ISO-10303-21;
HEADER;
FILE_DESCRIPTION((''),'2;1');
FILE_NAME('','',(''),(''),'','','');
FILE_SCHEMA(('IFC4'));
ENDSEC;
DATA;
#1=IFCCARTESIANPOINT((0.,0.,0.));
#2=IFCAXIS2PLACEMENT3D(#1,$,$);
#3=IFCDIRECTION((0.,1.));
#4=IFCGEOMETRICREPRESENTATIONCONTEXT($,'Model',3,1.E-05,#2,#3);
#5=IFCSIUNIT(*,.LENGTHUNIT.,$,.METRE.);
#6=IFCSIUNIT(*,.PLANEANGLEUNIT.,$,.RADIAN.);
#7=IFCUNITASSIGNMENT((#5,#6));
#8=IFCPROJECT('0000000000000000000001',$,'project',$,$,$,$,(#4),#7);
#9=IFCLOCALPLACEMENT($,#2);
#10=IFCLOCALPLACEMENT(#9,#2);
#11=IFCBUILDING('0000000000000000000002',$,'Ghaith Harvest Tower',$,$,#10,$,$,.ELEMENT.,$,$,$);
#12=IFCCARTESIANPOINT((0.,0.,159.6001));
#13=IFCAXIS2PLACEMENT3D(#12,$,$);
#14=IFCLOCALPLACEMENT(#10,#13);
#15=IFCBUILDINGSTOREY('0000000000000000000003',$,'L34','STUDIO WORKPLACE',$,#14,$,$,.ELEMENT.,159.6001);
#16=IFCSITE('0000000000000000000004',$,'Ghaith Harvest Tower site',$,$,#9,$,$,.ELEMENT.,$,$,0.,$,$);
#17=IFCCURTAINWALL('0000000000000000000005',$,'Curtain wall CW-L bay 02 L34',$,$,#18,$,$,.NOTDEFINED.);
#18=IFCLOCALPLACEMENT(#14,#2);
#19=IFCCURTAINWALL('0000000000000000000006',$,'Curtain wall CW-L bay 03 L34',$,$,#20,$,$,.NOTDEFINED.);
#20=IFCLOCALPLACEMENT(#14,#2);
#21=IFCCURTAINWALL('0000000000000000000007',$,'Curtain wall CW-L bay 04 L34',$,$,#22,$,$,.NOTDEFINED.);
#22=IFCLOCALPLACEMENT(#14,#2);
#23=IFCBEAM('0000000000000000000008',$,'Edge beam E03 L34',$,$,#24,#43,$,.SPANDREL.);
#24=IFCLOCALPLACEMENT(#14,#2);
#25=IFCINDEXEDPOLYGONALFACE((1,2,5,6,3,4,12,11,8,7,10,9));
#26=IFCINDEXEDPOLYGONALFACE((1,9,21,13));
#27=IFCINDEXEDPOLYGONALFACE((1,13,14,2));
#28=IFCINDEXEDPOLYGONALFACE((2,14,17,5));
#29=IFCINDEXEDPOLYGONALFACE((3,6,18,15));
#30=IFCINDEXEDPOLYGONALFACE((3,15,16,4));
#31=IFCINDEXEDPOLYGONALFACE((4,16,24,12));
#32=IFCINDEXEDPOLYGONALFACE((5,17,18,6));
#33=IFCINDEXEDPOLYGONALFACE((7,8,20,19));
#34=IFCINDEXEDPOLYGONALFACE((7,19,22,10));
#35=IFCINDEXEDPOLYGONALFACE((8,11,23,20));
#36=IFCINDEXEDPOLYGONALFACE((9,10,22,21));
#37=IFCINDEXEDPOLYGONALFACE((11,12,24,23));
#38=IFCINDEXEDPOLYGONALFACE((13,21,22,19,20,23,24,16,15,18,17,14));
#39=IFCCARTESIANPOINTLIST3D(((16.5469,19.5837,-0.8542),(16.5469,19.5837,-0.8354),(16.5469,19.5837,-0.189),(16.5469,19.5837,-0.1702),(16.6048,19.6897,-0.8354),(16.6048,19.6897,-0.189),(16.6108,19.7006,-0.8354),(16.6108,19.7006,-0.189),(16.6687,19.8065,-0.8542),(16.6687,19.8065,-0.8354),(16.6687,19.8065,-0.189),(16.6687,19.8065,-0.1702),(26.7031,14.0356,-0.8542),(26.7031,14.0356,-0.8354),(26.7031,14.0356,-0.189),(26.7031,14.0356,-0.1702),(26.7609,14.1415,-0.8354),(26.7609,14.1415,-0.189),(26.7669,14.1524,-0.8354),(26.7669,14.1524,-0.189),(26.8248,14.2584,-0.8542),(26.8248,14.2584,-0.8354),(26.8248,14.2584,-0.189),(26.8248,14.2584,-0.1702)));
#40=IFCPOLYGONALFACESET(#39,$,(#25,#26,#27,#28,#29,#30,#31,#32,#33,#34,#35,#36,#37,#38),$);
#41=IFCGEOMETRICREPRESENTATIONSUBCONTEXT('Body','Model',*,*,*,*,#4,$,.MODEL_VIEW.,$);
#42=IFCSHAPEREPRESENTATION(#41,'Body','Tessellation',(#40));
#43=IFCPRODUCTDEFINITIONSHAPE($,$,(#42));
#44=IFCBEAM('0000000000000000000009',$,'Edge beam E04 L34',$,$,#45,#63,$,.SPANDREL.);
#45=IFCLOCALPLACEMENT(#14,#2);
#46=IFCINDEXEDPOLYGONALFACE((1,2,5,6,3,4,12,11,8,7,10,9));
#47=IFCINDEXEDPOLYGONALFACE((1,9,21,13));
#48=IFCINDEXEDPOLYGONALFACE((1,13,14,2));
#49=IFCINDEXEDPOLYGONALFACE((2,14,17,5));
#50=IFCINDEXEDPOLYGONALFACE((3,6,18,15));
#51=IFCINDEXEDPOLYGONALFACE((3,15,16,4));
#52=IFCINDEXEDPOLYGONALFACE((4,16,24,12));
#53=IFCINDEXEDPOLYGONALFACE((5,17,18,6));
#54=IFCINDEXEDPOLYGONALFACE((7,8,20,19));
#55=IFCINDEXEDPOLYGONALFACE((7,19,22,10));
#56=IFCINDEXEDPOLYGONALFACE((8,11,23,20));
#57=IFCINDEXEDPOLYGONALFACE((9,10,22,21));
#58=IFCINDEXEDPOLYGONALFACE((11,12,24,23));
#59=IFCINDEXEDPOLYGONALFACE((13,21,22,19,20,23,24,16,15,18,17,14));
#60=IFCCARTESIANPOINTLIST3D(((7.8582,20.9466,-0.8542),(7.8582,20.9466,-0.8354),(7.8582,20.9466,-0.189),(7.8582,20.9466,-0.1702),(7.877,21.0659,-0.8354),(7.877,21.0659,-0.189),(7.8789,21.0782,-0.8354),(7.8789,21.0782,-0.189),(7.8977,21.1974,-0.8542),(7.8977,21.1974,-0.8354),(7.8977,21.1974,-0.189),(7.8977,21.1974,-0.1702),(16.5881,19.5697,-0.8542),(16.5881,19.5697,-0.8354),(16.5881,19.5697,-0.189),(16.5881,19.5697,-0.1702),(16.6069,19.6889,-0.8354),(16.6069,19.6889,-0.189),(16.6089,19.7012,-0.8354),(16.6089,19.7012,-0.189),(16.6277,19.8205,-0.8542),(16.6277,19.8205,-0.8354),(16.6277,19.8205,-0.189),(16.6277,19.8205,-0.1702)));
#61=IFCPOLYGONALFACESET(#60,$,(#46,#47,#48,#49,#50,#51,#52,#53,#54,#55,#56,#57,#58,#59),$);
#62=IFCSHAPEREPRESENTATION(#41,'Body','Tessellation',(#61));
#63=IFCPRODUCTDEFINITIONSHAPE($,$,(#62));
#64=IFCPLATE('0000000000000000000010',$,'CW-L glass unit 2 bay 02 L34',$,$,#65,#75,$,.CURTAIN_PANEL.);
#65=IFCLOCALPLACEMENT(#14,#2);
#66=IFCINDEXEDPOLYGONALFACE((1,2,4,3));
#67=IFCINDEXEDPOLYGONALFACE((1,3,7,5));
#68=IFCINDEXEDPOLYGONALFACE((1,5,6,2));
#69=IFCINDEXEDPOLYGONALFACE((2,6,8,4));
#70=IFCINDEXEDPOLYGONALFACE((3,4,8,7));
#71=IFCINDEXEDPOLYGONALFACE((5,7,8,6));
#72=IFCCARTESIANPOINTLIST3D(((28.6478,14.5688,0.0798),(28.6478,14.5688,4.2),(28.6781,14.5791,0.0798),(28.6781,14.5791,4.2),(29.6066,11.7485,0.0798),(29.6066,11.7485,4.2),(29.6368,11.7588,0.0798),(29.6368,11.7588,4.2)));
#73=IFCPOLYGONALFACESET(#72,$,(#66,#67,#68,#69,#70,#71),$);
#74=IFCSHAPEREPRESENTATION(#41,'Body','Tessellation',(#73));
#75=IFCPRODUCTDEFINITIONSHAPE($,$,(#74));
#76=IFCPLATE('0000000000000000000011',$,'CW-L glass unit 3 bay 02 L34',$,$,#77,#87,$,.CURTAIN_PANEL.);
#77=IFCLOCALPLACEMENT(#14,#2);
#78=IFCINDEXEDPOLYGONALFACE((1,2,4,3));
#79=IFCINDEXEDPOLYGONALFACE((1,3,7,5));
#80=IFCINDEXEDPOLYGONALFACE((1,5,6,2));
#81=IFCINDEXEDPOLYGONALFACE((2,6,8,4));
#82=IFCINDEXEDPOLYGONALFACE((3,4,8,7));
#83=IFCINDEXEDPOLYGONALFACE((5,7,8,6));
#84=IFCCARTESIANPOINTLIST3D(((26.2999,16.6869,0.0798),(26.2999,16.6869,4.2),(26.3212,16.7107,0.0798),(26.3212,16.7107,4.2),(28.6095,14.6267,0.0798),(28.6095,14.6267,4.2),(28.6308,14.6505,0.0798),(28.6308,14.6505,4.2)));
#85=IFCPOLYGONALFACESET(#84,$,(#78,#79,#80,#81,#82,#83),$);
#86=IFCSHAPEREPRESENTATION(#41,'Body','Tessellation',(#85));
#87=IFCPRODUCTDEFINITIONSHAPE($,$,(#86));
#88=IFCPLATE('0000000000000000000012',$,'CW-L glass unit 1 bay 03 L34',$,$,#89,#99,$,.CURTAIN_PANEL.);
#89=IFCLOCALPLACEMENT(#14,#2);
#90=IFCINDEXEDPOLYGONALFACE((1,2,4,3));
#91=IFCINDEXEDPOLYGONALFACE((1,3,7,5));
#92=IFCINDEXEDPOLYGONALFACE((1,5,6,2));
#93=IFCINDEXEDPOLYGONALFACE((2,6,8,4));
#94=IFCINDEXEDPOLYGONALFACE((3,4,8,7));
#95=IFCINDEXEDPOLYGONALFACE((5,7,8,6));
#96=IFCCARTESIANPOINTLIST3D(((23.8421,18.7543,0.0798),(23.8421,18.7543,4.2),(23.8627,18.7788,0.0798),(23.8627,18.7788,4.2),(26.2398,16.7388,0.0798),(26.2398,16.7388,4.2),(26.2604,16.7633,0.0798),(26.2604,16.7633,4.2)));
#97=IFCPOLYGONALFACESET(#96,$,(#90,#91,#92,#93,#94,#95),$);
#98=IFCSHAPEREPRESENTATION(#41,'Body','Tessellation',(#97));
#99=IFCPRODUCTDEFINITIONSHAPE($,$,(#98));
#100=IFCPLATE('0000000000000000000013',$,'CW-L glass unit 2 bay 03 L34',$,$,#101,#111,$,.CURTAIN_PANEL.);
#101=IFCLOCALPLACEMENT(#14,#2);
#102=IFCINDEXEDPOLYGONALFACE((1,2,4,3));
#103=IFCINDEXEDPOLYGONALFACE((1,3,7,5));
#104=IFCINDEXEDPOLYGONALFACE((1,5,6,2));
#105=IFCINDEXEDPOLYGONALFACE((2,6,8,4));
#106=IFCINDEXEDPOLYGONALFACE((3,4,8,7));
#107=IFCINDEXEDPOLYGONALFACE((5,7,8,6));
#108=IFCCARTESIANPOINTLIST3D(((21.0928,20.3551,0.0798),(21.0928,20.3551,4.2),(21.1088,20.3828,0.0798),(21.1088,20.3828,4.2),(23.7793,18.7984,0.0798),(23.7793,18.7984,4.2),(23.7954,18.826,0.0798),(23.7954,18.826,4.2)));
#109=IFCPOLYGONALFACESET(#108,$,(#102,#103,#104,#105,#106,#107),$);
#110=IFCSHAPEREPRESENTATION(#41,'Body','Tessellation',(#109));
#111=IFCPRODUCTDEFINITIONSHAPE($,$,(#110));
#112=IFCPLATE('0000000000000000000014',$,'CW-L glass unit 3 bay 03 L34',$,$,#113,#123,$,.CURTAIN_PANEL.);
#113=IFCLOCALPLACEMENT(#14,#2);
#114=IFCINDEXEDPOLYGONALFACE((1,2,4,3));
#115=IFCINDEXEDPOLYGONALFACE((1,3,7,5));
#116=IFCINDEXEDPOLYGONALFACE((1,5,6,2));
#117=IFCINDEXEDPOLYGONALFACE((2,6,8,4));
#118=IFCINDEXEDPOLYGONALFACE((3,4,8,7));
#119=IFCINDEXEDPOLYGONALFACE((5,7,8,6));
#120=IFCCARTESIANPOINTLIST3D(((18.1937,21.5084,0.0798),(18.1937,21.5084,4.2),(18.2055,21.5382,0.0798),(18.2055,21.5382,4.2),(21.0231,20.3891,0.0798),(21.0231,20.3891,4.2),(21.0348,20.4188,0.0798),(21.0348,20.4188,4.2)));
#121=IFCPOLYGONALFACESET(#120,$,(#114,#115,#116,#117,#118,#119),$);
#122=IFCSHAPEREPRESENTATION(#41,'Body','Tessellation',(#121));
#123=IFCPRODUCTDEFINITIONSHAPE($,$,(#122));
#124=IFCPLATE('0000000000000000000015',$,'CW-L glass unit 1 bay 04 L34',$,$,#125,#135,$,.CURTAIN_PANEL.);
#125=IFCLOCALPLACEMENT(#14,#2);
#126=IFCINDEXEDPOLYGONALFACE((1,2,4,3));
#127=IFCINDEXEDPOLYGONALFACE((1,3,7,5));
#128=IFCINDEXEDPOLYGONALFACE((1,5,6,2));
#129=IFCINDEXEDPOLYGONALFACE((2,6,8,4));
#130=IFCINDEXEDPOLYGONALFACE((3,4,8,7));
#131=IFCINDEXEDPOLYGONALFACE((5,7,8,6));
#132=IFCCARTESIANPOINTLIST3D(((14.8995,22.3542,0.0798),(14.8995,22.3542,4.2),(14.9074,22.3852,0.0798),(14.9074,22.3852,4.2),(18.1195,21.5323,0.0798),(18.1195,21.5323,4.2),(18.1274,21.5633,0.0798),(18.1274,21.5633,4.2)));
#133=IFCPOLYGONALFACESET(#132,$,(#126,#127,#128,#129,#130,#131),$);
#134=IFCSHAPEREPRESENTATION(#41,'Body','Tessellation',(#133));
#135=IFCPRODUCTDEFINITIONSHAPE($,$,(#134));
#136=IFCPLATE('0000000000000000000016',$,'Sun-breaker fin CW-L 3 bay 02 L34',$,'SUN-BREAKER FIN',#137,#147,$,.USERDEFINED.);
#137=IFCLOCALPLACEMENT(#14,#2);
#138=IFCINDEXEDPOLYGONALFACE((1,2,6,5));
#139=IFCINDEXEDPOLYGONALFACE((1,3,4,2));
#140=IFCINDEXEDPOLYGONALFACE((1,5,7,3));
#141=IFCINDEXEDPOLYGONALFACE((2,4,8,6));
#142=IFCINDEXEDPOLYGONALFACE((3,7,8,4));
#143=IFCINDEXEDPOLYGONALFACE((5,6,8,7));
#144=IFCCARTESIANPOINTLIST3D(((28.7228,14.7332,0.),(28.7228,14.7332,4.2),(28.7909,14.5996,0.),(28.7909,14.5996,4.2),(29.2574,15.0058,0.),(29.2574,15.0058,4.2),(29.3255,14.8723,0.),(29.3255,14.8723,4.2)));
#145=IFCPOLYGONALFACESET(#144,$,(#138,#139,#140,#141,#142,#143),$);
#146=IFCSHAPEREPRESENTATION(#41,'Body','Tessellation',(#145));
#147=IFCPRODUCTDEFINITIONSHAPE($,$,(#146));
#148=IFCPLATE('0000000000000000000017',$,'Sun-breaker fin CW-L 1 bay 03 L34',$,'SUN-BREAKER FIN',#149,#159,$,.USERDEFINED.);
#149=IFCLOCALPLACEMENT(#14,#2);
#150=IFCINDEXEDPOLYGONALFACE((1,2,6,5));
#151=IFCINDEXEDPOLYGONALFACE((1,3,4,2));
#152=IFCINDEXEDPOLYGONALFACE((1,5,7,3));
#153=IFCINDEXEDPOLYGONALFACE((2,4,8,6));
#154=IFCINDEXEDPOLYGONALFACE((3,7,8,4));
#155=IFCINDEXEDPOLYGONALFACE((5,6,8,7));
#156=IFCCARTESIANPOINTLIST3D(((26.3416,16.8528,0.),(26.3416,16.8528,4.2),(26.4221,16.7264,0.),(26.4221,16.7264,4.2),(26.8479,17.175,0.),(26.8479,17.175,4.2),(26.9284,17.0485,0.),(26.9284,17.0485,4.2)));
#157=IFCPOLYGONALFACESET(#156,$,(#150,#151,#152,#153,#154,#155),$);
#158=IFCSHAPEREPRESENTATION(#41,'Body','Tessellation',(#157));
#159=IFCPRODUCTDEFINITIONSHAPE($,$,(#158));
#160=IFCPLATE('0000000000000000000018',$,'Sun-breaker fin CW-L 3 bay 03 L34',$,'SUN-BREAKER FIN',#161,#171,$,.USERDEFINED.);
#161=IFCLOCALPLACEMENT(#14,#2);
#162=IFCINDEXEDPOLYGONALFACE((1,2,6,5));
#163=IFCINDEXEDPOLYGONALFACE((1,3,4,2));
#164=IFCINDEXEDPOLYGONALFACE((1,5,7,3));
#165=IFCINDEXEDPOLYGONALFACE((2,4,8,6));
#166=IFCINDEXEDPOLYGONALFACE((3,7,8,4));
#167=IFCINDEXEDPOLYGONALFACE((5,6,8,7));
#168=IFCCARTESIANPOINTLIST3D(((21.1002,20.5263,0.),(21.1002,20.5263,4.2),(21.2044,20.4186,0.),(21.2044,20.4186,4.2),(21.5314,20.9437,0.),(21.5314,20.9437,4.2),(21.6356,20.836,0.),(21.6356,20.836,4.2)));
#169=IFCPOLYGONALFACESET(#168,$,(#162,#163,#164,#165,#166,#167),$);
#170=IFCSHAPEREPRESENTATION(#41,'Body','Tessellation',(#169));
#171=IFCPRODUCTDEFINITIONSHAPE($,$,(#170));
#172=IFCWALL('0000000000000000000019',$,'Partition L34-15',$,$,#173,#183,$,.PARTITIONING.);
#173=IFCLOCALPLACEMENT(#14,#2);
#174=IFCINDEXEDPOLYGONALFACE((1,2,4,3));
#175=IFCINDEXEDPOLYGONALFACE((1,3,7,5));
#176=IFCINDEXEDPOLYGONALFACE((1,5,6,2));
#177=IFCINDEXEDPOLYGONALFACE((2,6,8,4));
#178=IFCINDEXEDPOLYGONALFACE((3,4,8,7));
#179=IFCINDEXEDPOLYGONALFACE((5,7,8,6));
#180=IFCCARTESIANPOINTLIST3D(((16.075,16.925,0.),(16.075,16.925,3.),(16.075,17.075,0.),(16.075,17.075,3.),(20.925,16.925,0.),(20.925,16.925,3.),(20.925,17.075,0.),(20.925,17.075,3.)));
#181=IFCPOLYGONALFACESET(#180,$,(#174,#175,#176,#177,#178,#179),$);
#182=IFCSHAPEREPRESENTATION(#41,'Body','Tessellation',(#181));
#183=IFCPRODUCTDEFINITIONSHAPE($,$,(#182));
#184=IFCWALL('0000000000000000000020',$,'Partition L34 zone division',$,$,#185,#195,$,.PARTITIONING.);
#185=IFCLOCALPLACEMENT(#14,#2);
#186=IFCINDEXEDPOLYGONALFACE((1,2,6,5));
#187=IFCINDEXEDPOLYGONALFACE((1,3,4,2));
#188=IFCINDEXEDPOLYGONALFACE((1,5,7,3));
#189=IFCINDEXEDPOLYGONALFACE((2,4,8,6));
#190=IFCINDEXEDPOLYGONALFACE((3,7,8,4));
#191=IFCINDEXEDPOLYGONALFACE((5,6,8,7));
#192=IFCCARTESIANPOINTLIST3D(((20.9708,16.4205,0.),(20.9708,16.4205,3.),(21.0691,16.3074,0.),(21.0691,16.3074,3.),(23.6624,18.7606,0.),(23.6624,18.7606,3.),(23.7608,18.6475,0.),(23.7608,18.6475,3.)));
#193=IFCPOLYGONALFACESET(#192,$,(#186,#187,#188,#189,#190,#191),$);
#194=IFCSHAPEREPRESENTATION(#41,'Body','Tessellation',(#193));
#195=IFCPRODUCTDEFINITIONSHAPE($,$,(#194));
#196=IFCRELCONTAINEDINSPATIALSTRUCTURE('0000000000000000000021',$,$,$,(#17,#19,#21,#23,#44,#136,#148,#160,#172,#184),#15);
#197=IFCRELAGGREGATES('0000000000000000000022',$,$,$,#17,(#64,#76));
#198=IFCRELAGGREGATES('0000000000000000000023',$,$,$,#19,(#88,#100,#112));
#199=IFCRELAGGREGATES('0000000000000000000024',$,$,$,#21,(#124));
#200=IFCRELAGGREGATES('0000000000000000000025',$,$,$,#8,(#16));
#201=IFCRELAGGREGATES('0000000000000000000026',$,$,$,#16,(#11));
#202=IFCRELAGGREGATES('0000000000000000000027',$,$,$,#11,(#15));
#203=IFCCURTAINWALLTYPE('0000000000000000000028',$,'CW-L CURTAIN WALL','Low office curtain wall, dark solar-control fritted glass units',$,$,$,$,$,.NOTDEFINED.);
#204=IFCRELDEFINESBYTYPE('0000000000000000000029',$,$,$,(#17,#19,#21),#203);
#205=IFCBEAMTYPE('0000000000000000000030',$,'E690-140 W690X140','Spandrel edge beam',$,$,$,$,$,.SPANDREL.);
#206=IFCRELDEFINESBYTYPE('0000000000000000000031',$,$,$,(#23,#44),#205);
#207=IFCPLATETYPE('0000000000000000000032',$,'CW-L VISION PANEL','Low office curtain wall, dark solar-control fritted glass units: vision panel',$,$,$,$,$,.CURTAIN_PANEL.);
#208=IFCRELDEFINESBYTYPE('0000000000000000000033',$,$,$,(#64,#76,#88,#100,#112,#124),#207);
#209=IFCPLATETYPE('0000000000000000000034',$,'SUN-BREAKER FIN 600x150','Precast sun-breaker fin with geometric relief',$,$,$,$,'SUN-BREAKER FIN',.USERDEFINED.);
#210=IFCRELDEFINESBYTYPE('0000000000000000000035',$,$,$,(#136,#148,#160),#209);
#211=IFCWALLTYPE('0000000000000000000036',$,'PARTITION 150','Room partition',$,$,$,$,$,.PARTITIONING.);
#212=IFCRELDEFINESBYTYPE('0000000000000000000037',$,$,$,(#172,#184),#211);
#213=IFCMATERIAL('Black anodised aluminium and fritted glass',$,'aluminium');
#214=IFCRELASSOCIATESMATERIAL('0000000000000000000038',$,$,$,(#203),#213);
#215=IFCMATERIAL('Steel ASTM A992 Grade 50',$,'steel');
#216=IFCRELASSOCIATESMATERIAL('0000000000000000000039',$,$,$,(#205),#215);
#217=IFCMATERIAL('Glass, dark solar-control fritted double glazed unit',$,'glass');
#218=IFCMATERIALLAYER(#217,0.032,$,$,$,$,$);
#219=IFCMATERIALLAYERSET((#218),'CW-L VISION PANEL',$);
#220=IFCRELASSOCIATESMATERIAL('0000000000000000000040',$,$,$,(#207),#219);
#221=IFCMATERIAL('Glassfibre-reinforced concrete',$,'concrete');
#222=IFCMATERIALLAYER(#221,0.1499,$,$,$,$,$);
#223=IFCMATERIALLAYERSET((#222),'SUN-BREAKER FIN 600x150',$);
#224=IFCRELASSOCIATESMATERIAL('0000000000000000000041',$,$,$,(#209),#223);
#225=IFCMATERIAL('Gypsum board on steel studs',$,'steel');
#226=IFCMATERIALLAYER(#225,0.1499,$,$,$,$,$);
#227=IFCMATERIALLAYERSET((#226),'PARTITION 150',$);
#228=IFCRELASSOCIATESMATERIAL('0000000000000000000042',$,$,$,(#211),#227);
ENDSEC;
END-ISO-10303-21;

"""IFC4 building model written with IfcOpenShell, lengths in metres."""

from ifc_helpers import new_model, si_unit, direction, frame, frame_2d, origin, origin_2d, place, context, subcontext, project, spatial, rectangle, i_section, extrude, material, layer, layer_set, material_profile, profile_set, type_object, element, aggregate, save


model = new_model("IFC4")

# Units and contexts
model_context = context("Model", 3, precision=1e-05, world=origin(), true_north=direction((0.0, 1.0)))
body_context = subcontext(model_context, "Body", "Model", "MODEL_VIEW")
ifc_project = project(units=[si_unit("LENGTHUNIT", "METRE"), si_unit("PLANEANGLEUNIT", "RADIAN")], contexts=[model_context])

# Site, building, storey
site_placement = place(None, origin())
site = spatial("IfcSite", under=ifc_project, at=site_placement, Name="Ghaith Harvest Tower site", CompositionType="ELEMENT", RefElevation=0.0)
building_placement = place(site_placement, origin())
building = spatial("IfcBuilding", under=site, at=building_placement, Name="Ghaith Harvest Tower", CompositionType="ELEMENT")
storey_placement = place(building_placement, frame((0.0, 0.0, 159.6001)))
storey = spatial("IfcBuildingStorey", under=building, at=storey_placement, Name="L34", Description="STUDIO WORKPLACE", CompositionType="ELEMENT", Elevation=159.6001)

# Curtain wall
ifc_material_1 = material(Name="Black anodised aluminium and fritted glass", Category="aluminium")
curtain_wall_type = type_object("IfcCurtainWallType", Name="CW-L CURTAIN WALL", Description="Low office curtain wall, dark solar-control fritted glass units", PredefinedType="NOTDEFINED", material=ifc_material_1)
curtain_wall_1_placement = place(storey_placement, origin())
curtain_wall_1 = element("IfcCurtainWall", 1, at=curtain_wall_1_placement, inside=storey, type_object=curtain_wall_type, Name="Curtain wall CW-L bay 02 L34", PredefinedType="NOTDEFINED")

# Curtain walls
curtain_wall_2_placement = place(storey_placement, origin())
curtain_wall_2 = element("IfcCurtainWall", 2, at=curtain_wall_2_placement, inside=storey, type_object=curtain_wall_type, Name="Curtain wall CW-L bay 03 L34", PredefinedType="NOTDEFINED")
curtain_wall_3_placement = place(storey_placement, origin())
curtain_wall_3 = element("IfcCurtainWall", 3, at=curtain_wall_3_placement, inside=storey, type_object=curtain_wall_type, Name="Curtain wall CW-L bay 04 L34", PredefinedType="NOTDEFINED")

# Beams
ifc_material_2 = material(Name="Steel ASTM A992 Grade 50", Category="steel")
ifc_material_profile_1 = material_profile(ifc_material_2, i_section(OverallWidth=0.2539, OverallDepth=0.6841, WebThickness=0.0125, FlangeThickness=0.0188, at=origin_2d()), Name="W690X140")
ifc_profile_set_1 = profile_set([ifc_material_profile_1], Name="Steel ASTM A992 Grade 50")
beam_type = type_object("IfcBeamType", Name="E690-140 W690X140", Description="Spandrel edge beam", PredefinedType="SPANDREL", material=ifc_profile_set_1)
beam_1_placement = place(storey_placement, frame((26.7639, 14.147, -0.5122), z_axis=(-0.877588, 0.479415, 0.0), x_axis=(-0.479415, -0.877588, 0.0)))
element("IfcBeam", 4, at=beam_1_placement, inside=storey, type_object=beam_type, Name="Edge beam E03 L34", PredefinedType="SPANDREL", context=body_context, shape_type="SweptSolid", body=[
    extrude(i_section(OverallWidth=0.2539, OverallDepth=0.6841, WebThickness=0.0125, FlangeThickness=0.0188, at=origin_2d()), origin(), (0.0, 0.0, 1.0), 11.5728),
])
beam_2_placement = place(storey_placement, frame((16.6079, 19.6951, -0.5122), z_axis=(-0.987788, 0.155801, 0.0), x_axis=(-0.155801, -0.987788, 0.0)))
element("IfcBeam", 5, at=beam_2_placement, inside=storey, type_object=beam_type, Name="Edge beam E04 L34", PredefinedType="SPANDREL", context=body_context, shape_type="SweptSolid", body=[
    extrude(i_section(OverallWidth=0.2539, OverallDepth=0.6841, WebThickness=0.0125, FlangeThickness=0.0188, at=origin_2d()), origin(), (0.0, 0.0, 1.0), 8.8379),
])

# Plates
ifc_material_3 = material(Name="Glass, dark solar-control fritted double glazed unit", Category="glass")
ifc_layer_1 = layer(ifc_material_3, 0.032)
ifc_layer_set_1 = layer_set([ifc_layer_1], Name="CW-L VISION PANEL")
plate_type_1 = type_object("IfcPlateType", Name="CW-L VISION PANEL", Description="Low office curtain wall, dark solar-control fritted glass units: vision panel", PredefinedType="CURTAIN_PANEL", material=ifc_layer_set_1)
plate_1_placement = place(storey_placement, frame((29.1423, 13.1638, 0.0798), z_axis=(0.0, 0.0, 1.0), x_axis=(-0.321853, 0.94679, 0.0)))
plate_1 = element("IfcPlate", 6, at=plate_1_placement, type_object=plate_type_1, Name="CW-L glass unit 2 bay 02 L34", PredefinedType="CURTAIN_PANEL", context=body_context, shape_type="SweptSolid", body=[
    extrude(rectangle(XDim=2.9788, YDim=0.032, at=origin_2d()), origin(), (0.0, 0.0, 1.0), 4.1201),
])
plate_2_placement = place(storey_placement, frame((27.4653, 15.6687, 0.0798), z_axis=(0.0, 0.0, 1.0), x_axis=(-0.746251, 0.665665, 0.0)))
plate_2 = element("IfcPlate", 7, at=plate_2_placement, type_object=plate_type_1, Name="CW-L glass unit 3 bay 02 L34", PredefinedType="CURTAIN_PANEL", context=body_context, shape_type="SweptSolid", body=[
    extrude(rectangle(XDim=3.095, YDim=0.032, at=origin_2d()), origin(), (0.0, 0.0, 1.0), 4.1201),
])
aggregate(curtain_wall_1, [plate_1, plate_2])
plate_3_placement = place(storey_placement, frame((25.0513, 17.7588, 0.0798), z_axis=(0.0, 0.0, 1.0), x_axis=(-0.765473, 0.643468, 0.0)))
plate_3 = element("IfcPlate", 8, at=plate_3_placement, type_object=plate_type_1, Name="CW-L glass unit 1 bay 03 L34", PredefinedType="CURTAIN_PANEL", context=body_context, shape_type="SweptSolid", body=[
    extrude(rectangle(XDim=3.1323, YDim=0.032, at=origin_2d()), origin(), (0.0, 0.0, 1.0), 4.1201),
])
plate_4_placement = place(storey_placement, frame((22.4441, 19.5906, 0.0798), z_axis=(0.0, 0.0, 1.0), x_axis=(-0.865232, 0.501372, 0.0)))
plate_4 = element("IfcPlate", 9, at=plate_4_placement, type_object=plate_type_1, Name="CW-L glass unit 2 bay 03 L34", PredefinedType="CURTAIN_PANEL", context=body_context, shape_type="SweptSolid", body=[
    extrude(rectangle(XDim=3.105, YDim=0.032, at=origin_2d()), origin(), (0.0, 0.0, 1.0), 4.1201),
])
plate_5_placement = place(storey_placement, frame((19.6143, 20.9636, 0.0798), z_axis=(0.0, 0.0, 1.0), x_axis=(-0.929877, 0.367872, 0.0)))
plate_5 = element("IfcPlate", 10, at=plate_5_placement, type_object=plate_type_1, Name="CW-L glass unit 3 bay 03 L34", PredefinedType="CURTAIN_PANEL", context=body_context, shape_type="SweptSolid", body=[
    extrude(rectangle(XDim=3.0427, YDim=0.032, at=origin_2d()), origin(), (0.0, 0.0, 1.0), 4.1201),
])
aggregate(curtain_wall_2, [plate_3, plate_4, plate_5])
plate_6_placement = place(storey_placement, frame((16.5134, 21.9587, 0.0798), z_axis=(0.0, 0.0, 1.0), x_axis=(-0.968931, 0.247331, 0.0)))
plate_6 = element("IfcPlate", 11, at=plate_6_placement, type_object=plate_type_1, Name="CW-L glass unit 1 bay 04 L34", PredefinedType="CURTAIN_PANEL", context=body_context, shape_type="SweptSolid", body=[
    extrude(rectangle(XDim=3.3232, YDim=0.032, at=origin_2d()), origin(), (0.0, 0.0, 1.0), 4.1201),
])
aggregate(curtain_wall_3, [plate_6])

# Plates
ifc_material_4 = material(Name="Glassfibre-reinforced concrete", Category="concrete")
ifc_layer_2 = layer(ifc_material_4, 0.1499)
ifc_layer_set_2 = layer_set([ifc_layer_2], Name="SUN-BREAKER FIN 600x150")
plate_type_2 = type_object("IfcPlateType", Name="SUN-BREAKER FIN 600x150", Description="Precast sun-breaker fin with geometric relief", ElementType="SUN-BREAKER FIN", PredefinedType="USERDEFINED", material=ifc_layer_set_2)
for number, where, z_axis, x_axis, name in (
    (12, (29.0242, 14.8027, 0.0), (0.0, 0.0, 1.0), (0.890831, 0.454335, 0.0), "Sun-breaker fin CW-L 3 bay 02 L34"),
    (13, (26.635, 16.9507, 0.0), (0.0, 0.0, 1.0), (0.843644, 0.536903, 0.0), "Sun-breaker fin CW-L 1 bay 03 L34"),
    (14, (21.3679, 20.6812, 0.0), (0.0, 0.0, 1.0), (0.718559, 0.695466, 0.0), "Sun-breaker fin CW-L 3 bay 03 L34"),
):
    element("IfcPlate", number, at=place(storey_placement, frame(where, z_axis=z_axis, x_axis=x_axis)), inside=storey, type_object=plate_type_2, Name=name, ObjectType="SUN-BREAKER FIN", PredefinedType="USERDEFINED", context=body_context, shape_type="SweptSolid", body=[
        extrude(rectangle(XDim=0.6001, YDim=0.1499, at=origin_2d()), origin(), (0.0, 0.0, 1.0), 4.2),
    ])

# Walls
ifc_material_5 = material(Name="Gypsum board on steel studs", Category="steel")
ifc_layer_3 = layer(ifc_material_5, 0.1499)
ifc_layer_set_3 = layer_set([ifc_layer_3], Name="PARTITION 150")
wall_type = type_object("IfcWallType", Name="PARTITION 150", Description="Room partition", PredefinedType="PARTITIONING", material=ifc_layer_set_3)
wall_1_placement = place(storey_placement, frame((16.075, 17.0, 0.0), z_axis=(0.0, 0.0, 1.0), x_axis=(1.0, 0.0, 0.0)))
element("IfcWall", 15, at=wall_1_placement, inside=storey, type_object=wall_type, Name="Partition L34-15", PredefinedType="PARTITIONING", context=body_context, shape_type="SweptSolid", body=[
    extrude(rectangle(XDim=4.8501, YDim=0.1499, at=frame_2d((2.425, 0.0))), origin(), (0.0, 0.0, 1.0), 3.0),
])
wall_2_placement = place(storey_placement, frame((21.02, 16.364, 0.0), z_axis=(0.0, 0.0, 1.0), x_axis=(0.754672, 0.656102, 0.0)))
element("IfcWall", 16, at=wall_2_placement, inside=storey, type_object=wall_type, Name="Partition L34 zone division", PredefinedType="PARTITIONING", context=body_context, shape_type="SweptSolid", body=[
    extrude(rectangle(XDim=3.5667, YDim=0.1499, at=frame_2d((1.7832, 0.0))), origin(), (0.0, 0.0, 1.0), 3.0),
])

save(model, "model.ifc")
